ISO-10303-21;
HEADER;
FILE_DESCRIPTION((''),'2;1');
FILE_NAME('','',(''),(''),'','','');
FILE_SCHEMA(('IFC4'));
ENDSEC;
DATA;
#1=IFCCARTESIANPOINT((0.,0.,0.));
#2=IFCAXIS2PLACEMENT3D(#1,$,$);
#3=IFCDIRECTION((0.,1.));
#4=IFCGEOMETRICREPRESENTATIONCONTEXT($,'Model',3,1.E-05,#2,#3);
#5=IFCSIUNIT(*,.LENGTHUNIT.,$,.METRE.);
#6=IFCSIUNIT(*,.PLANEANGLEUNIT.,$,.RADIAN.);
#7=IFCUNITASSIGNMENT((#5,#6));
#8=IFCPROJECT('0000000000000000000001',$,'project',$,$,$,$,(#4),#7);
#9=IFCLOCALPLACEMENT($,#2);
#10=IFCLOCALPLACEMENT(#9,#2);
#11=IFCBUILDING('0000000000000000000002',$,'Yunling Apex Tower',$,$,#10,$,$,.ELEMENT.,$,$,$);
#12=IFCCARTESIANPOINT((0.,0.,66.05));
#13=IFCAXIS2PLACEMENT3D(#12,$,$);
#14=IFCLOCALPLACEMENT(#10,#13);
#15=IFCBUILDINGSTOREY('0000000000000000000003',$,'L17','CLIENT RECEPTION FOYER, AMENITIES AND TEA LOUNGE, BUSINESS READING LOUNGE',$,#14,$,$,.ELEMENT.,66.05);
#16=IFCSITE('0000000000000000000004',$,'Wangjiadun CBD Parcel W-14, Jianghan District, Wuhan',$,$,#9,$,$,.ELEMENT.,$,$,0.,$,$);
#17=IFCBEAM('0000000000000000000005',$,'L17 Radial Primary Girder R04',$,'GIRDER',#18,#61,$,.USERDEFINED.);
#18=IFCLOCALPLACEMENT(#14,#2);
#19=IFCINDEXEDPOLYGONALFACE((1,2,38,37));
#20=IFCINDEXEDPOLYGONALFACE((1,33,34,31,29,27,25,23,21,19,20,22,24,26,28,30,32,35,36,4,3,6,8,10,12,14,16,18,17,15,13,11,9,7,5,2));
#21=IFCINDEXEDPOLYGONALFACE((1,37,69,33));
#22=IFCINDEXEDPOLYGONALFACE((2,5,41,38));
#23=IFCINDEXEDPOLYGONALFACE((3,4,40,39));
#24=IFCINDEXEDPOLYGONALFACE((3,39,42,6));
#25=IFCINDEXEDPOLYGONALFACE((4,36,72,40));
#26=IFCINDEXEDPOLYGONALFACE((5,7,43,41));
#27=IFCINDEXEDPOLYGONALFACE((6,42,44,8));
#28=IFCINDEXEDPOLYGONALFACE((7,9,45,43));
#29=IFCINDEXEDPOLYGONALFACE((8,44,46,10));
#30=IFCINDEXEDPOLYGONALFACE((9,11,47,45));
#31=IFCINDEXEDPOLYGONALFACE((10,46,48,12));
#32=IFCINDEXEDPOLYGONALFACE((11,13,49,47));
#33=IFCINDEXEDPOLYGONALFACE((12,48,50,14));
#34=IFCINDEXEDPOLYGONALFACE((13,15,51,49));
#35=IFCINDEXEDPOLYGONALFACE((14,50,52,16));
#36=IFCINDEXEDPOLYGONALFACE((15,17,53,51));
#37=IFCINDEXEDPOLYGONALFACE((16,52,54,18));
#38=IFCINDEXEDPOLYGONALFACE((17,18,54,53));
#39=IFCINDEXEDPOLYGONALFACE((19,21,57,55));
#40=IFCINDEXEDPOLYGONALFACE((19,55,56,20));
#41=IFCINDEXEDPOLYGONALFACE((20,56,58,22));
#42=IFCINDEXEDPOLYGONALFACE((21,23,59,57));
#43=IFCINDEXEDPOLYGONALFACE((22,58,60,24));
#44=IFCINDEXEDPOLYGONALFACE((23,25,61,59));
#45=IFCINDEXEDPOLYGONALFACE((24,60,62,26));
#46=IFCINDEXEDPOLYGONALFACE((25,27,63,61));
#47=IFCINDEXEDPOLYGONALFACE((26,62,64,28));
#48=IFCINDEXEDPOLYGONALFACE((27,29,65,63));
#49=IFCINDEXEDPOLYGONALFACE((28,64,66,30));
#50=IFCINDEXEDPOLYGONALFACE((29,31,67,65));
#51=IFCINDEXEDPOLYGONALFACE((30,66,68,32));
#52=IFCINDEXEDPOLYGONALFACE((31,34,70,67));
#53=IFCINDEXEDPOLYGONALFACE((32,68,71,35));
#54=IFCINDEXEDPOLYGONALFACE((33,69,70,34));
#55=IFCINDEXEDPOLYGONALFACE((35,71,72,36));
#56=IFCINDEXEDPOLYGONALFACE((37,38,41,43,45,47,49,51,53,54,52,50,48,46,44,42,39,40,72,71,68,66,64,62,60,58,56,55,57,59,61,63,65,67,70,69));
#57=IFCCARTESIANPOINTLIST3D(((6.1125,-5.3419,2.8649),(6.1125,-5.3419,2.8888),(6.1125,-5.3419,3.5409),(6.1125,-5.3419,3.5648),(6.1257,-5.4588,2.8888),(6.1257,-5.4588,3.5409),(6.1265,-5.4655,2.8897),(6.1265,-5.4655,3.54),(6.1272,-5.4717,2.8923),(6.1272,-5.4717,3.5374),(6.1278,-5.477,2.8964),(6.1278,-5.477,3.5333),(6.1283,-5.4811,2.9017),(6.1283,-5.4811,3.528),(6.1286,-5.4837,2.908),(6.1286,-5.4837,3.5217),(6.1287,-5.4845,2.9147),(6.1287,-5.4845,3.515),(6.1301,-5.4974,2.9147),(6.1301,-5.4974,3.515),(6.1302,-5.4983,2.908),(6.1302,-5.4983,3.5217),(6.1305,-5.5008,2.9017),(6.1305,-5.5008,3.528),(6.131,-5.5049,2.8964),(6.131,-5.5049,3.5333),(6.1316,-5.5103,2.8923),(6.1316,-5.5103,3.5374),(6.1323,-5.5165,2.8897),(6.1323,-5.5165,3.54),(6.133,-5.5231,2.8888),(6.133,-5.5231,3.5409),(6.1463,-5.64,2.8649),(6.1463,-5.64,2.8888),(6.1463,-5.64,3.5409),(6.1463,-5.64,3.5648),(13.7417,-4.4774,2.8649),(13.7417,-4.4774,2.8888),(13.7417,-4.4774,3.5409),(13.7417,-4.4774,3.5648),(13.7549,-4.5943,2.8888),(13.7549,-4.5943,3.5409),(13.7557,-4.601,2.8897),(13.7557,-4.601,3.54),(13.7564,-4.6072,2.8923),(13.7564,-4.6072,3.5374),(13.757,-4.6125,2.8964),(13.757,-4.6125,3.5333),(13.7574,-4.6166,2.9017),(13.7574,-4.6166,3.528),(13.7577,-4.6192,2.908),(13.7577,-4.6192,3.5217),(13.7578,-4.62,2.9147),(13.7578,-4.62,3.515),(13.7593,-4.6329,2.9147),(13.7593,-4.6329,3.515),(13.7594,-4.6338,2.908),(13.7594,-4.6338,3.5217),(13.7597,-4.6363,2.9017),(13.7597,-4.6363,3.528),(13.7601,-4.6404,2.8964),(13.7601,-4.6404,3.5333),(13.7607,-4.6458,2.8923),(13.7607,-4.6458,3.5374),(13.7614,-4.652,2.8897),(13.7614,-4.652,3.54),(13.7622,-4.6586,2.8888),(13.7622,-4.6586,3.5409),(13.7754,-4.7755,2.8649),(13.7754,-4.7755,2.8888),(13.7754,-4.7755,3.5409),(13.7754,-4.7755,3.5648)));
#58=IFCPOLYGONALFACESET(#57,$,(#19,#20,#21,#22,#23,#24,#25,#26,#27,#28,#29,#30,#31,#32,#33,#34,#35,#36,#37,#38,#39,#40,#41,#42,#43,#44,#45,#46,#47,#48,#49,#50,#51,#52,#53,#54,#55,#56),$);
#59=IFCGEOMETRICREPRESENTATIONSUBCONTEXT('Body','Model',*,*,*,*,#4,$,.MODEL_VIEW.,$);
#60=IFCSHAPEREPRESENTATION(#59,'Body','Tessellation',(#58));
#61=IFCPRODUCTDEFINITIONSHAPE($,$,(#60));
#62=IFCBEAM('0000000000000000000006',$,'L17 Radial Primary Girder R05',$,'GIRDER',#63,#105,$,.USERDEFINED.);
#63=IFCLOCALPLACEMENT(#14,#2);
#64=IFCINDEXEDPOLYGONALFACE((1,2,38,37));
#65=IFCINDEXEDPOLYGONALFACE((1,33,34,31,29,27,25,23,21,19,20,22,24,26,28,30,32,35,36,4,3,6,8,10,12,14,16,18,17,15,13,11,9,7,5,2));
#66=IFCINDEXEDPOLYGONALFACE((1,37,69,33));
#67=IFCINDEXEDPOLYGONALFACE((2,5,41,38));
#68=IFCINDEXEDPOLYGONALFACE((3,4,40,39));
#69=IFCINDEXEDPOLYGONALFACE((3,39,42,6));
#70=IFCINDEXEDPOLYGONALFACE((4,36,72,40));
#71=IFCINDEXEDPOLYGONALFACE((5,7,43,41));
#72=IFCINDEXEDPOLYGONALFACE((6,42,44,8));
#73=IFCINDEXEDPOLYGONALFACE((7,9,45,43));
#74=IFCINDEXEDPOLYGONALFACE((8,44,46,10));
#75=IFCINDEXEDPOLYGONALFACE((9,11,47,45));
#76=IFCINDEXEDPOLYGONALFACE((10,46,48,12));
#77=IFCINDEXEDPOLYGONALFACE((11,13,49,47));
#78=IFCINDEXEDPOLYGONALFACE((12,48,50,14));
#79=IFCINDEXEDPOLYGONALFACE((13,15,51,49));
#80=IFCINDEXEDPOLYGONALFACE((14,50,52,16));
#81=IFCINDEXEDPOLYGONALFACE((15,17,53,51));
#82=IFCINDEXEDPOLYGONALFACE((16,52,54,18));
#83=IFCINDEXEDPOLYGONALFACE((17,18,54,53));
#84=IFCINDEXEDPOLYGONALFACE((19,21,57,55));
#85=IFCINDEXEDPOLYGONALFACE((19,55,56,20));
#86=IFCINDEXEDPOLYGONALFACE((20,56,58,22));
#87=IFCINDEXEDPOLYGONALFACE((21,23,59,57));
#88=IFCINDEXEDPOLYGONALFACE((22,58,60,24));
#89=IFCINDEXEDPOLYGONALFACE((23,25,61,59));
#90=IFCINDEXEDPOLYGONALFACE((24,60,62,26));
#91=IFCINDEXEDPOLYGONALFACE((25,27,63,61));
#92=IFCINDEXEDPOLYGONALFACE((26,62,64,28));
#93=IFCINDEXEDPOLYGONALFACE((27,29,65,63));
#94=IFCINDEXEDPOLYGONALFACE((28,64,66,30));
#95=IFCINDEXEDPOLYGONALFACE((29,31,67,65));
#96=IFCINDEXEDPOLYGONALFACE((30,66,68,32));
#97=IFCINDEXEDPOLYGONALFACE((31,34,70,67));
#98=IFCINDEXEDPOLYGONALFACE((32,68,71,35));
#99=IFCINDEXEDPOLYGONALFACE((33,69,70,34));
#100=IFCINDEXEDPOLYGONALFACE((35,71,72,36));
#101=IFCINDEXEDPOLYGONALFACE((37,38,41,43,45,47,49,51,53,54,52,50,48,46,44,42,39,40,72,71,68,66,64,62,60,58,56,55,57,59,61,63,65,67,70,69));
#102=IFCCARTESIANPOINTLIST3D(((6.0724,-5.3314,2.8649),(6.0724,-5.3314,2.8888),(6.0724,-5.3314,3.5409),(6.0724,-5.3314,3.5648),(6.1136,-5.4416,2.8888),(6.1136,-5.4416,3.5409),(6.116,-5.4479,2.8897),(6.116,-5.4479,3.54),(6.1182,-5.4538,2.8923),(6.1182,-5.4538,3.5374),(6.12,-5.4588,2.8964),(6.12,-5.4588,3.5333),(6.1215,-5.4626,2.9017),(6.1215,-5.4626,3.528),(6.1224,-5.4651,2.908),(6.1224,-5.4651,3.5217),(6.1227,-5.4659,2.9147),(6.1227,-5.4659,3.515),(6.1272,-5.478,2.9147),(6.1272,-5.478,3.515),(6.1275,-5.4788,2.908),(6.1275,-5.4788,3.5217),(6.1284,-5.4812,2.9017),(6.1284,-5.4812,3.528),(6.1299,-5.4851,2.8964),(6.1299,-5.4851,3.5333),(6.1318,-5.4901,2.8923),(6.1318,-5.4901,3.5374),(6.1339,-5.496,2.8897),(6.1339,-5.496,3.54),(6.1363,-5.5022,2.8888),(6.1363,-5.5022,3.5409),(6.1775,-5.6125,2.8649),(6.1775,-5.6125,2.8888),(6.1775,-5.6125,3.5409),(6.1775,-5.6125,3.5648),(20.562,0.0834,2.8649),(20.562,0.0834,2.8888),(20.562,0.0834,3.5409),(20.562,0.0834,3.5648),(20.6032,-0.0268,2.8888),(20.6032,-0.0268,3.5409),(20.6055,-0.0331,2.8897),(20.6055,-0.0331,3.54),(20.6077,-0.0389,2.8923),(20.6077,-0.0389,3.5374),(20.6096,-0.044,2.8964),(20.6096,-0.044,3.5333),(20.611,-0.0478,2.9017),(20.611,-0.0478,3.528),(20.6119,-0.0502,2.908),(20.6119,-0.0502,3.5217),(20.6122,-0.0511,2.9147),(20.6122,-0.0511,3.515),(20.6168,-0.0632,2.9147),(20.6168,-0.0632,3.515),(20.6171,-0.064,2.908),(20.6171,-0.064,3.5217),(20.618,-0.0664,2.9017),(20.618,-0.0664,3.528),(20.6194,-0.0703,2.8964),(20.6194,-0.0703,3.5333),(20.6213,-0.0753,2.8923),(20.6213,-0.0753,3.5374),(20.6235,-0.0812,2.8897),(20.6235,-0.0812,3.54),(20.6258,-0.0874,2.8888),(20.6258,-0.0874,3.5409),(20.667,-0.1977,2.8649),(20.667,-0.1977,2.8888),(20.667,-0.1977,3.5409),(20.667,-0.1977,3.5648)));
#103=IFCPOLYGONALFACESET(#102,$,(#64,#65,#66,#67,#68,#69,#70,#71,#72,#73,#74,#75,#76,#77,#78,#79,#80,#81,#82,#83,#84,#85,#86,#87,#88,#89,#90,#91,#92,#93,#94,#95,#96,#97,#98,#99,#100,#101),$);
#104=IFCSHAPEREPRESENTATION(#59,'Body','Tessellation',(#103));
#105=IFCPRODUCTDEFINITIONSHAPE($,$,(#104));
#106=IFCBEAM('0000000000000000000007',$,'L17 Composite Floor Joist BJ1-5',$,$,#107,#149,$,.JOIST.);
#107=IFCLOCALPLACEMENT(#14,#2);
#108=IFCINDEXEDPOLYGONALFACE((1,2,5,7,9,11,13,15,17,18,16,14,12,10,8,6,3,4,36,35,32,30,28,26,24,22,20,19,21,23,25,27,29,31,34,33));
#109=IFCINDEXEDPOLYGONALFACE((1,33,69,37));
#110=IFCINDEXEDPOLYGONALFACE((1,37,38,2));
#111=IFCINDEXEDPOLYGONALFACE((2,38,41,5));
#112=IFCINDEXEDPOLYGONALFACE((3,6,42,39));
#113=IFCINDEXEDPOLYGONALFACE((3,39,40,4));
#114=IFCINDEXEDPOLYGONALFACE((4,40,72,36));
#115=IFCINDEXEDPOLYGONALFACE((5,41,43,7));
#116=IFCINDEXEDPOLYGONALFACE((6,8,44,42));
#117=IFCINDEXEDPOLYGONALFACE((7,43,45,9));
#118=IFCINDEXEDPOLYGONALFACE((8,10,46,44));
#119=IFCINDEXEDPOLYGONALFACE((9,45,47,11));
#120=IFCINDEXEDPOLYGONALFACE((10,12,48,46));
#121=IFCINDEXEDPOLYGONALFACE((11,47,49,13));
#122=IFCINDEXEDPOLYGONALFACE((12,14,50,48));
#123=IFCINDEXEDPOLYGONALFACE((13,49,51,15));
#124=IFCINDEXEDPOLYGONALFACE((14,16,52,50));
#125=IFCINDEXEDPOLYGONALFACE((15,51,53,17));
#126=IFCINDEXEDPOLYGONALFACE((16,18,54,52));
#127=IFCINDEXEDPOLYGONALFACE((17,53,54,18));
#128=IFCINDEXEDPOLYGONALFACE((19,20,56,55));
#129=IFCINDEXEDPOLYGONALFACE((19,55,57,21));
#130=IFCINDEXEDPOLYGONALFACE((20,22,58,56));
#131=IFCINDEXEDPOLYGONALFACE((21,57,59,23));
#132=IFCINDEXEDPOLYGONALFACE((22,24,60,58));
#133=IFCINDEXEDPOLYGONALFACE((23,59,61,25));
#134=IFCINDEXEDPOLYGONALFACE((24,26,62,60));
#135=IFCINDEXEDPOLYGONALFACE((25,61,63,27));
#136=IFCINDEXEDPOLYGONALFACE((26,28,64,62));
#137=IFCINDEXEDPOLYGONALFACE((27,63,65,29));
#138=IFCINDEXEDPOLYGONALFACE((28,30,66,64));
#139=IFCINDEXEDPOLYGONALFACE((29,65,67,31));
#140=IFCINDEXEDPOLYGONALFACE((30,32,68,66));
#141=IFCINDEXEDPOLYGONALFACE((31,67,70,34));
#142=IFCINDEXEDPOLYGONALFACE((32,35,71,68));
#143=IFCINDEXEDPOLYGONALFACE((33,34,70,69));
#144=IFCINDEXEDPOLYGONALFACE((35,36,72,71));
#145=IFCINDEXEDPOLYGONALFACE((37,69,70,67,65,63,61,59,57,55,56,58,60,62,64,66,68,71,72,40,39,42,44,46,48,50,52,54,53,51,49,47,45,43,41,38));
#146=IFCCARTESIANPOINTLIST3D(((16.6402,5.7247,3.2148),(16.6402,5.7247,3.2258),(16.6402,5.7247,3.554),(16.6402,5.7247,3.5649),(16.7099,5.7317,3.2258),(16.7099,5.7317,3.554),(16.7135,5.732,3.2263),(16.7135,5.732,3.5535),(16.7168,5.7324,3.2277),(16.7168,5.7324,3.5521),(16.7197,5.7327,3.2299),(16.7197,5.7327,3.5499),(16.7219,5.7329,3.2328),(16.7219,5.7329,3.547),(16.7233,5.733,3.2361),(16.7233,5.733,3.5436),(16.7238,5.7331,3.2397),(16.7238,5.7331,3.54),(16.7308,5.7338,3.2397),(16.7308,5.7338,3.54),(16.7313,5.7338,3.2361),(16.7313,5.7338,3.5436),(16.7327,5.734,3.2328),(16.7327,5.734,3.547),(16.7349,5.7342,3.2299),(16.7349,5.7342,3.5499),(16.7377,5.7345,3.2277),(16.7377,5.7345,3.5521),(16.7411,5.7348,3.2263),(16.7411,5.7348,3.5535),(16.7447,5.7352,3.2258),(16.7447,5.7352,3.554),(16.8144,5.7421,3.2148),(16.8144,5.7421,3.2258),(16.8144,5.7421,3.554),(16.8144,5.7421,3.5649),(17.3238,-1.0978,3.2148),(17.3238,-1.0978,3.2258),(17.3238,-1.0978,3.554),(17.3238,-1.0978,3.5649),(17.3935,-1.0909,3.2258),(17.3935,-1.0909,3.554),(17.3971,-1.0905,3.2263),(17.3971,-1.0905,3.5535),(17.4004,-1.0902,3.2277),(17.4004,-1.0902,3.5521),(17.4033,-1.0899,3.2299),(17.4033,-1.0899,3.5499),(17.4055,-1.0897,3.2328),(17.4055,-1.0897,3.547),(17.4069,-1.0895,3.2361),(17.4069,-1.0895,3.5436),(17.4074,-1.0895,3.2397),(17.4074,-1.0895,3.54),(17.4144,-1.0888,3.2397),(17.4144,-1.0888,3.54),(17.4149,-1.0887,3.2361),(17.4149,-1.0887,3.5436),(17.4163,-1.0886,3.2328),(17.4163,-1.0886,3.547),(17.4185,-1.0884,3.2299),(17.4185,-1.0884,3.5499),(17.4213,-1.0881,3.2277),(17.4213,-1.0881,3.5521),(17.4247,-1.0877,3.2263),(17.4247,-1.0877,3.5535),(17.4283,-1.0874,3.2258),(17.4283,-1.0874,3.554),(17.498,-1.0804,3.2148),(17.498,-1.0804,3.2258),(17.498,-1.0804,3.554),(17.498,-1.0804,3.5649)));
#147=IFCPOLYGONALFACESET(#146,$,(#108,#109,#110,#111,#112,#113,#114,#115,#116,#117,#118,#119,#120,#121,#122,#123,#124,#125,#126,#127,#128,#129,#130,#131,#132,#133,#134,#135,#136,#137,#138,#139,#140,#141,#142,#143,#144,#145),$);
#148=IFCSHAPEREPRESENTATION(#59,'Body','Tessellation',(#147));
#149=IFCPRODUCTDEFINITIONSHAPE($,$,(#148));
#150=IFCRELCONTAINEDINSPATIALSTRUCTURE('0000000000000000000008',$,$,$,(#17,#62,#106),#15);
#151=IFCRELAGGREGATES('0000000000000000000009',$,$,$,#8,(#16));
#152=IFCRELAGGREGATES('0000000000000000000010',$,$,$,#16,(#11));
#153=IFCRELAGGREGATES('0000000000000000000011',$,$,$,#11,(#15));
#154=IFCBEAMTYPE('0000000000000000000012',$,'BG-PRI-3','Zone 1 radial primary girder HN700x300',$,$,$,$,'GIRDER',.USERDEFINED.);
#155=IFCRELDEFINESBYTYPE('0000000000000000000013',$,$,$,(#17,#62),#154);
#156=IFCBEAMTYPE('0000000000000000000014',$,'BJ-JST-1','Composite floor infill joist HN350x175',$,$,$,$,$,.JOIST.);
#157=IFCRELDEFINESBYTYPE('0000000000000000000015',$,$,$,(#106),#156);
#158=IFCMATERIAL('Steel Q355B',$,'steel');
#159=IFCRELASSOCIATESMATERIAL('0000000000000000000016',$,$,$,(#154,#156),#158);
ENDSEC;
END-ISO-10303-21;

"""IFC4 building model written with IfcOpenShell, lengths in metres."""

from ifc_helpers import new_model, si_unit, direction, frame, origin, origin_2d, place, context, subcontext, project, spatial, i_section, extrude, source, transform, mapped, material, material_profile, profile_set, type_object, element, save


model = new_model("IFC4")

# Units and contexts
model_context = context("Model", 3, precision=1e-05, world=origin(), true_north=direction((0.0, 1.0)))
body_context = subcontext(model_context, "Body", "Model", "MODEL_VIEW")
ifc_project = project(units=[si_unit("LENGTHUNIT", "METRE"), si_unit("PLANEANGLEUNIT", "RADIAN")], contexts=[model_context])

# Site, building, storey
site_placement = place(None, origin())
site = spatial("IfcSite", under=ifc_project, at=site_placement, Name="Wangjiadun CBD Parcel W-14, Jianghan District, Wuhan", CompositionType="ELEMENT", RefElevation=0.0)
building_placement = place(site_placement, origin())
building = spatial("IfcBuilding", under=site, at=building_placement, Name="Yunling Apex Tower", CompositionType="ELEMENT")
storey_placement = place(building_placement, frame((0.0, 0.0, 66.05)))
storey = spatial("IfcBuildingStorey", under=building, at=storey_placement, Name="L17", Description="CLIENT RECEPTION FOYER, AMENITIES AND TEA LOUNGE, BUSINESS READING LOUNGE", CompositionType="ELEMENT", Elevation=66.05)

# Beams
ifc_material_1 = material(Name="Steel Q355B", Category="steel")
ifc_material_profile_1 = material_profile(ifc_material_1, i_section(OverallWidth=0.3, OverallDepth=0.7, WebThickness=0.0129, FlangeThickness=0.0239, FilletRadius=0.0259, at=origin_2d()))
ifc_profile_set_1 = profile_set([ifc_material_profile_1], Name="Steel Q355B")
beam_type_1 = type_object("IfcBeamType", Name="BG-PRI-3", Description="Zone 1 radial primary girder HN700x300", ElementType="GIRDER", PredefinedType="USERDEFINED", material=ifc_profile_set_1)
shared_shape_1 = source(origin(), body_context, "Body", "SweptSolid", [
    extrude(i_section(OverallWidth=0.3, OverallDepth=0.7, WebThickness=0.0129, FlangeThickness=0.0239, FilletRadius=0.0259, at=origin_2d()), origin(), (0.0, 0.0, 1.0), 7.678),
])
beam_1_placement = place(storey_placement, frame((13.7585, -4.6265, 3.2148), z_axis=(-0.993641, -0.112595, 0.0), x_axis=(0.112595, -0.993641, 0.0)))
element("IfcBeam", 1, at=beam_1_placement, inside=storey, type_object=beam_type_1, Name="L17 Radial Primary Girder R04", ObjectType="GIRDER", PredefinedType="USERDEFINED", context=body_context, shape_type="MappedRepresentation", body=[
    mapped(shared_shape_1, transform((0.0, 0.0, 0.0), scale=1.0)),
])
shared_shape_2 = source(origin(), body_context, "Body", "SweptSolid", [
    extrude(i_section(OverallWidth=0.3, OverallDepth=0.7, WebThickness=0.0129, FlangeThickness=0.0239, FilletRadius=0.0259, at=origin_2d()), origin(), (0.0, 0.0, 1.0), 15.4683),
])
beam_2_placement = place(storey_placement, frame((20.6145, -0.0571, 3.2148), z_axis=(-0.936727, -0.350059, 0.0), x_axis=(0.350059, -0.936727, 0.0)))
element("IfcBeam", 2, at=beam_2_placement, inside=storey, type_object=beam_type_1, Name="L17 Radial Primary Girder R05", ObjectType="GIRDER", PredefinedType="USERDEFINED", context=body_context, shape_type="MappedRepresentation", body=[
    mapped(shared_shape_2, transform((0.0, 0.0, 0.0), scale=1.0)),
])
ifc_material_profile_2 = material_profile(ifc_material_1, i_section(OverallWidth=0.175, OverallDepth=0.3501, WebThickness=0.0071, FlangeThickness=0.011, FilletRadius=0.0139, at=origin_2d()))
ifc_profile_set_2 = profile_set([ifc_material_profile_2], Name="Steel Q355B")
beam_type_2 = type_object("IfcBeamType", Name="BJ-JST-1", Description="Composite floor infill joist HN350x175", PredefinedType="JOIST", material=ifc_profile_set_2)
shared_shape_3 = source(origin(), body_context, "Body", "SweptSolid", [
    extrude(i_section(OverallWidth=0.175, OverallDepth=0.3501, WebThickness=0.0071, FlangeThickness=0.011, FilletRadius=0.0139, at=origin_2d()), origin(), (0.0, 0.0, 1.0), 6.8567),
])
beam_3_placement = place(storey_placement, frame((17.4109, -1.0891, 3.3899), z_axis=(-0.099698, 0.995018, 0.0), x_axis=(-0.995018, -0.099698, 0.0)))
element("IfcBeam", 3, at=beam_3_placement, inside=storey, type_object=beam_type_2, Name="L17 Composite Floor Joist BJ1-5", PredefinedType="JOIST", context=body_context, shape_type="MappedRepresentation", body=[
    mapped(shared_shape_3, transform((0.0, 0.0, 0.0), scale=1.0)),
])

save(model, "model.ifc")
